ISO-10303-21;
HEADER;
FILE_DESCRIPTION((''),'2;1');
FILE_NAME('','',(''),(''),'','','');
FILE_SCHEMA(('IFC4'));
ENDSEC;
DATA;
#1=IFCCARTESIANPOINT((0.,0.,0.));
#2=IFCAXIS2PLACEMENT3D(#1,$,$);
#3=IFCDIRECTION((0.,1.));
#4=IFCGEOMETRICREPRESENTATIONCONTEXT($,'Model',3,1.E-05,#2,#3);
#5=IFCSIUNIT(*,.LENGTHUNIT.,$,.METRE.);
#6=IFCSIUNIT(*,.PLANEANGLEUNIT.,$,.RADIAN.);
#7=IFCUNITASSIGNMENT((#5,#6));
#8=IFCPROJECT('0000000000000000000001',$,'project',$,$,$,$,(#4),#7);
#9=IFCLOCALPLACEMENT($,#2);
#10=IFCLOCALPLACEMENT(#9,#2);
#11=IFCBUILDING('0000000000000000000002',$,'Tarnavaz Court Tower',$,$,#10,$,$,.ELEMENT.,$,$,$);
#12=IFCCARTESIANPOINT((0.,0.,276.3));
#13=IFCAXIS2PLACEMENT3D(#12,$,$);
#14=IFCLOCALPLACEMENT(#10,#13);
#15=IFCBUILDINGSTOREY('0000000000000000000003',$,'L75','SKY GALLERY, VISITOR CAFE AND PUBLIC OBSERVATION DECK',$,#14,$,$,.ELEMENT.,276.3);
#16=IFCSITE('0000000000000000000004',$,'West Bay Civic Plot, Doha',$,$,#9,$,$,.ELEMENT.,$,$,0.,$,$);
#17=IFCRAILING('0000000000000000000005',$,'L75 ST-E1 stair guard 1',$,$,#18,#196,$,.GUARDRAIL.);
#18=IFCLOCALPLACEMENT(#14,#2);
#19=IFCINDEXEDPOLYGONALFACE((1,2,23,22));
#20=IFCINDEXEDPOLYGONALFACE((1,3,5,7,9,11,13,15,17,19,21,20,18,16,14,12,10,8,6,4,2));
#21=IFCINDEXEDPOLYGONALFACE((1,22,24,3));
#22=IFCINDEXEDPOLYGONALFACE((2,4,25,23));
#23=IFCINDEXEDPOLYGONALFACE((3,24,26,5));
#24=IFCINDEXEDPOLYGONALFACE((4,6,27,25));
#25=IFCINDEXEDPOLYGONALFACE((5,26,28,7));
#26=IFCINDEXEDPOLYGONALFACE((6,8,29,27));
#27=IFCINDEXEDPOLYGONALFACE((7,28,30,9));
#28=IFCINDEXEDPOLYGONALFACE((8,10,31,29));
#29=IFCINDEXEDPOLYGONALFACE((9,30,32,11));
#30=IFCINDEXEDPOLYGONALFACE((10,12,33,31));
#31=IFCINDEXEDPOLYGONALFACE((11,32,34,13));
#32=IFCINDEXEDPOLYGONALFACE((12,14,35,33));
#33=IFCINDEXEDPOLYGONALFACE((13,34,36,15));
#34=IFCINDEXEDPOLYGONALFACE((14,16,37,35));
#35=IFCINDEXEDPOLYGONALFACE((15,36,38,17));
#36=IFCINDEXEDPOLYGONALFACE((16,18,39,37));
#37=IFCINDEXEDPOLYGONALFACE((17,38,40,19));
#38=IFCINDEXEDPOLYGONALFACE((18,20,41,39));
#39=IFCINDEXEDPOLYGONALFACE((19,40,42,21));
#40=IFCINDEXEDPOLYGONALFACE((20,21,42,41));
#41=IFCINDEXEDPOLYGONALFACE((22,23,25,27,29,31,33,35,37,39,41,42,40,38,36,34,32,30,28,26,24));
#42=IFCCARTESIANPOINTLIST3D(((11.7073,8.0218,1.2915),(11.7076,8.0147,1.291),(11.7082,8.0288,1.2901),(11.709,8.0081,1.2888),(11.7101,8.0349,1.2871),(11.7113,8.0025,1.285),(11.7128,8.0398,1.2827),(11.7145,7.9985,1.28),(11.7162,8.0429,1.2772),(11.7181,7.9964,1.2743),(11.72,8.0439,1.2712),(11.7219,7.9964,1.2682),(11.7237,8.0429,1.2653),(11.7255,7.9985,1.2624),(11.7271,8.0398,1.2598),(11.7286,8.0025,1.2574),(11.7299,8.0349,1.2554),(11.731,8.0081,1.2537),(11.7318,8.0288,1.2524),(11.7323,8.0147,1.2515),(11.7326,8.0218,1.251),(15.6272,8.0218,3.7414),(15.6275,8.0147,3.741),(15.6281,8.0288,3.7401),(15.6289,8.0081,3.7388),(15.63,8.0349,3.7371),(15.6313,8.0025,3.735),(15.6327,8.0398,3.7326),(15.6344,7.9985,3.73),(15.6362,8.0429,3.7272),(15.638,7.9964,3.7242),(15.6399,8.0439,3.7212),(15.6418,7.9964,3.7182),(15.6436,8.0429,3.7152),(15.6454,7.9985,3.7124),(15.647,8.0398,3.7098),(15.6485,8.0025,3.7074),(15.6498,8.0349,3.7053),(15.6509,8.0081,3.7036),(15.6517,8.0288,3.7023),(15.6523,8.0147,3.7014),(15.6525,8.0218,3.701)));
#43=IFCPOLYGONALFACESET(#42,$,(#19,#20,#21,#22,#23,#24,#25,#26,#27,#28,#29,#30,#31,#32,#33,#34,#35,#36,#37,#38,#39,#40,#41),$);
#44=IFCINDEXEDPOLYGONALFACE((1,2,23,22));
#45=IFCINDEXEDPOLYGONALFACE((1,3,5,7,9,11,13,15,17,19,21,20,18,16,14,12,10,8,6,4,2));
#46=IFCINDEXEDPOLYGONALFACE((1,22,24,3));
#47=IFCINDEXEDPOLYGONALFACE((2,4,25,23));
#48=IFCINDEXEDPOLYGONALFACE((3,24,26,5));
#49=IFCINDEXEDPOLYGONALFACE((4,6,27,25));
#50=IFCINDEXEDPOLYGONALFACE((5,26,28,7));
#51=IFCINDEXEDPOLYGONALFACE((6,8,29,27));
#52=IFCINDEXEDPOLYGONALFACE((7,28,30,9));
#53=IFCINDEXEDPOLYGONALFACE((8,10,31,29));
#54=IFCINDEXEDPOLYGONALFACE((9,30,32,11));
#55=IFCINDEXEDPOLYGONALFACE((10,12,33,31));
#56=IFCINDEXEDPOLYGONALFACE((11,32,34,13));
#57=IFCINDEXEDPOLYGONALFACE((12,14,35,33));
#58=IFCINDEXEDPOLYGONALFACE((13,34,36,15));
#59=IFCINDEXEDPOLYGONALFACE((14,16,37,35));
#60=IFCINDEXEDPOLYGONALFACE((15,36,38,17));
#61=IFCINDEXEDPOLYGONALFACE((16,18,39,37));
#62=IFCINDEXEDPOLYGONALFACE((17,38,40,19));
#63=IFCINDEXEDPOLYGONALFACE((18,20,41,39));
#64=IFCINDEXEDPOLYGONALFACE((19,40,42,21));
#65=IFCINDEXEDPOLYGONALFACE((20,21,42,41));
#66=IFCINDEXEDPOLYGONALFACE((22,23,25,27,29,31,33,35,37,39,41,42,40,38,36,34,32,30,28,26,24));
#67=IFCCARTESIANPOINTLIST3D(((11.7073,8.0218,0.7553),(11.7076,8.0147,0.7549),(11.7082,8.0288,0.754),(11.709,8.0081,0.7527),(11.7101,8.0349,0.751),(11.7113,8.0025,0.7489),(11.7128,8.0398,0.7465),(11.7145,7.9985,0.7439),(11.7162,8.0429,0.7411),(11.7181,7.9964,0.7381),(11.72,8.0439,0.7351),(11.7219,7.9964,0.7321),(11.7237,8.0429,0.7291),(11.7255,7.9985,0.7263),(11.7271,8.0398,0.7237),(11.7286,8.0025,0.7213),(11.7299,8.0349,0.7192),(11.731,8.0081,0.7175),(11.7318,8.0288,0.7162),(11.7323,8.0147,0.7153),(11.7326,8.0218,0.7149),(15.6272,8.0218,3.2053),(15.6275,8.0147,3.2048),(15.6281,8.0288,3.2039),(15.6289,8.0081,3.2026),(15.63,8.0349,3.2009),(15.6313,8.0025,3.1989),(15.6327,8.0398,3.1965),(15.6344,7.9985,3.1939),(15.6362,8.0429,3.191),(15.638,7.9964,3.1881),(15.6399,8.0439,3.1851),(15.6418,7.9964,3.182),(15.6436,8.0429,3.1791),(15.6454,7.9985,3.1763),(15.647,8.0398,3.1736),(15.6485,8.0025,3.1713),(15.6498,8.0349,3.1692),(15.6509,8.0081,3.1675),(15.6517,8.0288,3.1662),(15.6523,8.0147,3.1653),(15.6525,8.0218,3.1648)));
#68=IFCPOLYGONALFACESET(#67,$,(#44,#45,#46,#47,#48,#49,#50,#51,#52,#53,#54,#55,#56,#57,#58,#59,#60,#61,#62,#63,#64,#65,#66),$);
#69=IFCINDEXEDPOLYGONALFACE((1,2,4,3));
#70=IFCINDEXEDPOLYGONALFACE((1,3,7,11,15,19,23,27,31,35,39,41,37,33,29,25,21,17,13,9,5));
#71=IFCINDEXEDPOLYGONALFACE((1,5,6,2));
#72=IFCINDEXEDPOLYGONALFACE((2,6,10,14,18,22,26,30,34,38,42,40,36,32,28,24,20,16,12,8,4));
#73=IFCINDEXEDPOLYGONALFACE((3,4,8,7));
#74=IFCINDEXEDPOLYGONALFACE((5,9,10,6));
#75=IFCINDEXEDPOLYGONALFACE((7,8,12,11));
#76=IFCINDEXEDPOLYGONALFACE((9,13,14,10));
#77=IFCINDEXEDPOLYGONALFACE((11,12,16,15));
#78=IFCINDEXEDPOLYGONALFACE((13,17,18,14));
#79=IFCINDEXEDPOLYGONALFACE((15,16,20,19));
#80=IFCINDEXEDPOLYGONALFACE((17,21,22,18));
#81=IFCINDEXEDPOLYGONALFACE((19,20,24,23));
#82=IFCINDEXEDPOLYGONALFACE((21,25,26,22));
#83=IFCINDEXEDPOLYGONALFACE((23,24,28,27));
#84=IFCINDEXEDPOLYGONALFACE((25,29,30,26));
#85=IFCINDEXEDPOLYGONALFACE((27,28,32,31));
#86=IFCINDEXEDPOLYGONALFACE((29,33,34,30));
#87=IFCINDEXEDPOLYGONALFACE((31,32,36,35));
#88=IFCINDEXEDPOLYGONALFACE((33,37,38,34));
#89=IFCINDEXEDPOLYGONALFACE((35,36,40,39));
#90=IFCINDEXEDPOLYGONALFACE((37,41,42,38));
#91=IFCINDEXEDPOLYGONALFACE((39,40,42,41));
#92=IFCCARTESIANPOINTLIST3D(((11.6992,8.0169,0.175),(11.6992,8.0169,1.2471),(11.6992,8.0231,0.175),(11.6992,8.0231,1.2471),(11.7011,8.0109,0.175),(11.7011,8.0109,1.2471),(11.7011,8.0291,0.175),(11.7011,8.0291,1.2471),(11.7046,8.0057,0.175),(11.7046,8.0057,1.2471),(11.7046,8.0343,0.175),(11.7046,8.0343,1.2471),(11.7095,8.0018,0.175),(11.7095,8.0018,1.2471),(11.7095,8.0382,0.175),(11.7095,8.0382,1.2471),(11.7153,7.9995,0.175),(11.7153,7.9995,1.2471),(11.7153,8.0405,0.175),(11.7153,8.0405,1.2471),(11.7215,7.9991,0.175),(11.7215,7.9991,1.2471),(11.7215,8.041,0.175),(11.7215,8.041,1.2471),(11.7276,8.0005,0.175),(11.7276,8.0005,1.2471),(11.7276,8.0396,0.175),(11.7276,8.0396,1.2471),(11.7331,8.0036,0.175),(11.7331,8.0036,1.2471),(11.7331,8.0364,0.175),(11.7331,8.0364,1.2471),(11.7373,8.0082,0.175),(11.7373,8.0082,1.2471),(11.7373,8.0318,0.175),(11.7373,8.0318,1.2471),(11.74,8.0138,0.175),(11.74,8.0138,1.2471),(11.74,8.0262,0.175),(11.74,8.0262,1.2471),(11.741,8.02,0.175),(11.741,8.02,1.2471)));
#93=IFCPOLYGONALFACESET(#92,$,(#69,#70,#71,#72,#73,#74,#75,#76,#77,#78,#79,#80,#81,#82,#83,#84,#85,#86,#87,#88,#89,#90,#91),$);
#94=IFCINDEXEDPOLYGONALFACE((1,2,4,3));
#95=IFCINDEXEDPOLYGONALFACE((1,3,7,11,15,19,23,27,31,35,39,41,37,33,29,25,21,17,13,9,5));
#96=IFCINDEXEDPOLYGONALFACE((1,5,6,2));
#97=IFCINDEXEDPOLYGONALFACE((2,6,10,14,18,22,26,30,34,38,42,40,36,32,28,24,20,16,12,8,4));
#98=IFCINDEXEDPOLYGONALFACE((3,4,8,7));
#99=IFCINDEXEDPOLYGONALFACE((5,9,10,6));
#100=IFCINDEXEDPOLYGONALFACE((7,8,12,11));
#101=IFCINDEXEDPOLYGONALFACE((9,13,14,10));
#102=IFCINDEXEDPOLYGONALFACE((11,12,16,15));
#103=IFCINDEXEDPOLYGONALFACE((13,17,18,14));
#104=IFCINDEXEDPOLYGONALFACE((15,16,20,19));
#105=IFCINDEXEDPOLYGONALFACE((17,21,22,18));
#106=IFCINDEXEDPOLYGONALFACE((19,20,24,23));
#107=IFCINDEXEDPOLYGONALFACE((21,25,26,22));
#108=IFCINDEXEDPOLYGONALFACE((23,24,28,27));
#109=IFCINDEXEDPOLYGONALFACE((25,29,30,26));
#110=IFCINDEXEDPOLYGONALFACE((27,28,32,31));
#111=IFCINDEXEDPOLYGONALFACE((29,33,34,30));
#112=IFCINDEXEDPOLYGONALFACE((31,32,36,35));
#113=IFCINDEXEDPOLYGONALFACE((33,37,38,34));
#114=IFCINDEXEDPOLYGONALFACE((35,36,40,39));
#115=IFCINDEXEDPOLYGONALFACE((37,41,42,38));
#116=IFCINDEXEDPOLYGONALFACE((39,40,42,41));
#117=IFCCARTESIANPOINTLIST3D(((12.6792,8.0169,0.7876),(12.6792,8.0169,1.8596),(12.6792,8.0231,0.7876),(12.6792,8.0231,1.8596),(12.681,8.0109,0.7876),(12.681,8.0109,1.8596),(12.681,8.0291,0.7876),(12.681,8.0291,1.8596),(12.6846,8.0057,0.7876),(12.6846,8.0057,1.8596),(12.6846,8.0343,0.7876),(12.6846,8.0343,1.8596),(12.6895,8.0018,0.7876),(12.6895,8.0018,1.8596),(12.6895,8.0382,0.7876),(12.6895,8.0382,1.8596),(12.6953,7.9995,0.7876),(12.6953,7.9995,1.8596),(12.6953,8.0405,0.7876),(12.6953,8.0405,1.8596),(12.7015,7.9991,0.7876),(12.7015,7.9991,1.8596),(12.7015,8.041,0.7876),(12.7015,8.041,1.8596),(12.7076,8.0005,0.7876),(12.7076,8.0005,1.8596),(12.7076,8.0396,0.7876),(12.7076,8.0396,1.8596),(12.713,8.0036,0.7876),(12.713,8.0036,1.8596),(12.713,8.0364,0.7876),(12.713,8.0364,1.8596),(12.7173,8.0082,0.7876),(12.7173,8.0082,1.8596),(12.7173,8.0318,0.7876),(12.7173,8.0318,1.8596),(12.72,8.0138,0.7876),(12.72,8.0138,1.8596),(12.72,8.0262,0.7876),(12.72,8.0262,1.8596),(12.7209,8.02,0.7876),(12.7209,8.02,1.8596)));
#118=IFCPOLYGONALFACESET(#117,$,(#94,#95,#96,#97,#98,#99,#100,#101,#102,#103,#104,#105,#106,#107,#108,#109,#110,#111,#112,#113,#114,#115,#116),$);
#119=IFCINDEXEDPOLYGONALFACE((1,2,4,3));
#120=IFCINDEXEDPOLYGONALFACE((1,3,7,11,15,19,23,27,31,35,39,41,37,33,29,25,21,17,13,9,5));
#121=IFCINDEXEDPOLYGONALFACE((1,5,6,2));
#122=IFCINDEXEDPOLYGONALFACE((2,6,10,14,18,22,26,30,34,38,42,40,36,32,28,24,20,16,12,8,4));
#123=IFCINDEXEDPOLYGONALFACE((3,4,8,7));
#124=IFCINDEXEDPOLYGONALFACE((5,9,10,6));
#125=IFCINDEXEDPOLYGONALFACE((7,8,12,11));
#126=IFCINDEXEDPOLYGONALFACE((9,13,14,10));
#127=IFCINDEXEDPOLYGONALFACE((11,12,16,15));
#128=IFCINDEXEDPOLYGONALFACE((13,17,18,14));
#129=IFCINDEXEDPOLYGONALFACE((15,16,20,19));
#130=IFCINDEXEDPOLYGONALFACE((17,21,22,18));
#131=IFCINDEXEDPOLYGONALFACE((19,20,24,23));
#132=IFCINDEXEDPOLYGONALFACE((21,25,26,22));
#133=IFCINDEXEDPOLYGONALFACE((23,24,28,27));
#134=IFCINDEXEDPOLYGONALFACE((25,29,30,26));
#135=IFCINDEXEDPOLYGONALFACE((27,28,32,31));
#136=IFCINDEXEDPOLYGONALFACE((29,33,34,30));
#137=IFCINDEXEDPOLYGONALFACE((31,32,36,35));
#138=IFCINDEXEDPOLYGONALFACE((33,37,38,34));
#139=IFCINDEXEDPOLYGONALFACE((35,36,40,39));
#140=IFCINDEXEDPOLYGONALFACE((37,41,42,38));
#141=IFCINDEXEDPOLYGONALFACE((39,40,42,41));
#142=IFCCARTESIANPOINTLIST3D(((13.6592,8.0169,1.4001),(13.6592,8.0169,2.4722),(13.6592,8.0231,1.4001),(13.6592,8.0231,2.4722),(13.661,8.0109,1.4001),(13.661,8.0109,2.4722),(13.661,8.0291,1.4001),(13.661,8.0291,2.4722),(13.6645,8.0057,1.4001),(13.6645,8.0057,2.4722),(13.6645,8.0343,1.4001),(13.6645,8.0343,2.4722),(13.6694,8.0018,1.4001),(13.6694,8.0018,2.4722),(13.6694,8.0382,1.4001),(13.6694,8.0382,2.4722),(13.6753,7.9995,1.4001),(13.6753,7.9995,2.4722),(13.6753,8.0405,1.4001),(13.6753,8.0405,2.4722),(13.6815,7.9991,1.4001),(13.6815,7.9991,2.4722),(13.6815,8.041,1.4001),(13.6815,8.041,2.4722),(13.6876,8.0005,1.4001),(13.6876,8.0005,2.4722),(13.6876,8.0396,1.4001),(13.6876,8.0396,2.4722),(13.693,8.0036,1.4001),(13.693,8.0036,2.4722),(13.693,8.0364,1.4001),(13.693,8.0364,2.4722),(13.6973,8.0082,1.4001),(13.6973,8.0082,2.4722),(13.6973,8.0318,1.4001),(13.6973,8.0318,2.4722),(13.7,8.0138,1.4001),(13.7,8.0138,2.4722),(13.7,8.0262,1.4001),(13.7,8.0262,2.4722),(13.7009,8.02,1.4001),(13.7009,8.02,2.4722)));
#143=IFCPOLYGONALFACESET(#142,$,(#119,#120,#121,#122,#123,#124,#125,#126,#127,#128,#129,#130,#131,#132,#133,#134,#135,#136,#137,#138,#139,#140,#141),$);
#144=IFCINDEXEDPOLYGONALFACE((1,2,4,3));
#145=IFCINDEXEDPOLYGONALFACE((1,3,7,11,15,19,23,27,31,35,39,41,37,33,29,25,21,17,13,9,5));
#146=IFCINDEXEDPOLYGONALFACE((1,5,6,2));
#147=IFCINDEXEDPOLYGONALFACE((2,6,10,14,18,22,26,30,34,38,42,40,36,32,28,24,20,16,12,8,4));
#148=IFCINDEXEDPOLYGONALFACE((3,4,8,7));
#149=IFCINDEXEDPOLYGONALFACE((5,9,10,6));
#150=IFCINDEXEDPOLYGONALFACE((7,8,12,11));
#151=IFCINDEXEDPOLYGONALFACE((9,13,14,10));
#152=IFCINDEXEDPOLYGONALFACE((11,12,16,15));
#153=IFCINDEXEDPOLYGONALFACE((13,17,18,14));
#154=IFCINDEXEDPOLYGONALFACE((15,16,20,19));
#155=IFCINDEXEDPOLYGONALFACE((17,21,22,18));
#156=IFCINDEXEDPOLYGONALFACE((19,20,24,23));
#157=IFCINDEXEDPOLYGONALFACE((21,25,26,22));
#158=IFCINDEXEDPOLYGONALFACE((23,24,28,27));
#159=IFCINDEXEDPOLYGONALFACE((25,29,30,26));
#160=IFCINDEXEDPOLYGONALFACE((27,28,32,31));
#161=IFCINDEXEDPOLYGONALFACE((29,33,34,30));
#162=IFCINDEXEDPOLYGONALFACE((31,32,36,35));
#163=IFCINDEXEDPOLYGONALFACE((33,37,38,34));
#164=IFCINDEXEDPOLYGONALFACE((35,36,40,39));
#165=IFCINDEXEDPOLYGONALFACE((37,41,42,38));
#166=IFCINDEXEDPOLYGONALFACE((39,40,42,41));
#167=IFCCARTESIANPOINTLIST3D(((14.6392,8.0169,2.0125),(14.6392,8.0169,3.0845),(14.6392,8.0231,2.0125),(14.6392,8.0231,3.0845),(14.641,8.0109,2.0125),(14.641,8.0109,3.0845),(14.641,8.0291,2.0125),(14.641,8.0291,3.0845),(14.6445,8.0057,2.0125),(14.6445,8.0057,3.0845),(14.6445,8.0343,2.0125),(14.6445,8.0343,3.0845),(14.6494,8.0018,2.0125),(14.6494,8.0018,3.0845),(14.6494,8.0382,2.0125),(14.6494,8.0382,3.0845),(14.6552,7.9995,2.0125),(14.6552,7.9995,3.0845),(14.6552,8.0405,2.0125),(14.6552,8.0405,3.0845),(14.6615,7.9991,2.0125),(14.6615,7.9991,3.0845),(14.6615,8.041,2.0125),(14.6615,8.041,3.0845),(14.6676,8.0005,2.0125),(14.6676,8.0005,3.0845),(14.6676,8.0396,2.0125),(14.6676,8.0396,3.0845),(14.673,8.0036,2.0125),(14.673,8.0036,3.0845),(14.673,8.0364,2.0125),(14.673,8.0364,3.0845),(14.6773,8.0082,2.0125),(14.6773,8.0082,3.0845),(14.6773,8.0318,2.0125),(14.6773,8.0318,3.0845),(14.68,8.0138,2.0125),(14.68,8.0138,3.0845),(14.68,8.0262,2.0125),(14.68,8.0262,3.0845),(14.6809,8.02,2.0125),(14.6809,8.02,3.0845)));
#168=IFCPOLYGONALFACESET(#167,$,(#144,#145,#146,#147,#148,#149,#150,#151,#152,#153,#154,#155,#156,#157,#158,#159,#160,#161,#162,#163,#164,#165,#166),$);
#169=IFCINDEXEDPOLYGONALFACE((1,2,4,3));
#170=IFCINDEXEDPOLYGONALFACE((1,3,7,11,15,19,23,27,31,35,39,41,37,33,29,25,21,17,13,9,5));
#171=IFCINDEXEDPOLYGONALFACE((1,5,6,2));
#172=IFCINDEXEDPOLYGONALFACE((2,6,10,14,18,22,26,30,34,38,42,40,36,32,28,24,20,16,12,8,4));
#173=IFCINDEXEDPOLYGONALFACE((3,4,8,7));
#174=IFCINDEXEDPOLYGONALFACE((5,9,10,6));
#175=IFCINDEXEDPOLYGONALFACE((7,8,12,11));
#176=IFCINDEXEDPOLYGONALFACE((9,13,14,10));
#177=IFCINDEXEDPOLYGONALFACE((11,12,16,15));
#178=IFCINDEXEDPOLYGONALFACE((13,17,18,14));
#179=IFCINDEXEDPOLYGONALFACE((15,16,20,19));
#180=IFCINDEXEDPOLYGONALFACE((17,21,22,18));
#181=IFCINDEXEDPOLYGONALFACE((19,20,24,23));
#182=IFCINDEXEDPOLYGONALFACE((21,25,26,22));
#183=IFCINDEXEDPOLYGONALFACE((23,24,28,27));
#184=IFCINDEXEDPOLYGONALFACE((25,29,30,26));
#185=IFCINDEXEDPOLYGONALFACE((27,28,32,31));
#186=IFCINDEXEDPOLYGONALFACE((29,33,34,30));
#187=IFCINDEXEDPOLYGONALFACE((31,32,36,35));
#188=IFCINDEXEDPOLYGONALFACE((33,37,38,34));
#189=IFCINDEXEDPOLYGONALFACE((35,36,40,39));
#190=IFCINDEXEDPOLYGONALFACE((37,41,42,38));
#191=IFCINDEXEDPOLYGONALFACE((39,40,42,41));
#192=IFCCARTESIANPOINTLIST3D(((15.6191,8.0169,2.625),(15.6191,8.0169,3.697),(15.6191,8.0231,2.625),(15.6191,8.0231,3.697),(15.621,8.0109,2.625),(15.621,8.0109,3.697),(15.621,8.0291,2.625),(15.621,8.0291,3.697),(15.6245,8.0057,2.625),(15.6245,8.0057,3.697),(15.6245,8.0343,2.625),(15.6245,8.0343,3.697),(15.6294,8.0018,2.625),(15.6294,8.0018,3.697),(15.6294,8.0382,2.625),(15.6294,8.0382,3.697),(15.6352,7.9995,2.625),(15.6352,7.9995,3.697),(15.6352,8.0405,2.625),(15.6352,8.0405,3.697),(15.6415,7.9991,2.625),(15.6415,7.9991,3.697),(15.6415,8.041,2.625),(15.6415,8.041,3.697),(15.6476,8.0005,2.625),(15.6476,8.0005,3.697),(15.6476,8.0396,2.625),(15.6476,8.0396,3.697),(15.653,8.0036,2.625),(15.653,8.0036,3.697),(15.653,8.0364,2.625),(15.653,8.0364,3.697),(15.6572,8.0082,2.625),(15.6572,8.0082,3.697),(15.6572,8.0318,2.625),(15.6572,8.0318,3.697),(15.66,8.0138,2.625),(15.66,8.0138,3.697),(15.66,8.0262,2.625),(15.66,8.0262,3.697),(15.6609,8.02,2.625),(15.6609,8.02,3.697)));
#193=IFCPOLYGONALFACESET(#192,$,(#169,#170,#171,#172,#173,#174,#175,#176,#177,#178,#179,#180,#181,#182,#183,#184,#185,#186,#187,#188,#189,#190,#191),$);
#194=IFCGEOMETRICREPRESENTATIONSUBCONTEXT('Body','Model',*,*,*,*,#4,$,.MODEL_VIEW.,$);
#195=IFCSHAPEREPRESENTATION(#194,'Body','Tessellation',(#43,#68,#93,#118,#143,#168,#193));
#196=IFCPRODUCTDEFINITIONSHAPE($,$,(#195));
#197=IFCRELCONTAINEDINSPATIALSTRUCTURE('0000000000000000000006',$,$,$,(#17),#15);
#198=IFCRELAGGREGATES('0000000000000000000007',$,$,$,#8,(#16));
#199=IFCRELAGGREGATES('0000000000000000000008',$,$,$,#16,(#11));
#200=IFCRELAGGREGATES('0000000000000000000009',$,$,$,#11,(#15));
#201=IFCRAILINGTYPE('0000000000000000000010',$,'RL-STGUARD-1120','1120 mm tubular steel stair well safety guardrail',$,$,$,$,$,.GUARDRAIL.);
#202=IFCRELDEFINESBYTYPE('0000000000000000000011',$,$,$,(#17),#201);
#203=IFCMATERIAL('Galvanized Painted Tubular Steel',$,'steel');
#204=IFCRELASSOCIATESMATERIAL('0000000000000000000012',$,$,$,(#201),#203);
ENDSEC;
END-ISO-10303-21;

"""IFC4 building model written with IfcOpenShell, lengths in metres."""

from ifc_helpers import new_model, si_unit, direction, frame, origin, origin_2d, place, context, subcontext, project, spatial, circle, extrude, material, type_object, element, save


model = new_model("IFC4")

# Units and contexts
model_context = context("Model", 3, precision=1e-05, world=origin(), true_north=direction((0.0, 1.0)))
body_context = subcontext(model_context, "Body", "Model", "MODEL_VIEW")
ifc_project = project(units=[si_unit("LENGTHUNIT", "METRE"), si_unit("PLANEANGLEUNIT", "RADIAN")], contexts=[model_context])

# Site, building, storey
site_placement = place(None, origin())
site = spatial("IfcSite", under=ifc_project, at=site_placement, Name="West Bay Civic Plot, Doha", CompositionType="ELEMENT", RefElevation=0.0)
building_placement = place(site_placement, origin())
building = spatial("IfcBuilding", under=site, at=building_placement, Name="Tarnavaz Court Tower", CompositionType="ELEMENT")
storey_placement = place(building_placement, frame((0.0, 0.0, 276.3)))
storey = spatial("IfcBuildingStorey", under=building, at=storey_placement, Name="L75", Description="SKY GALLERY, VISITOR CAFE AND PUBLIC OBSERVATION DECK", CompositionType="ELEMENT", Elevation=276.3)

# Railing
ifc_material_1 = material(Name="Galvanized Painted Tubular Steel", Category="steel")
railing_type_1 = type_object("IfcRailingType", Name="RL-STGUARD-1120", Description="1120 mm tubular steel stair well safety guardrail", PredefinedType="GUARDRAIL", material=ifc_material_1)
railing_1_placement = place(storey_placement, frame((11.72, 8.02, 0.175)))
element("IfcRailing", 1, at=railing_1_placement, inside=storey, type_object=railing_type_1, Name="L75 ST-E1 stair guard 1", PredefinedType="GUARDRAIL", context=body_context, shape_type="SweptSolid", body=[
    extrude(circle(Radius=0.0239, at=origin_2d()), frame((0.0, 0.0, 1.0962), z_axis=(0.847998, 0.0, 0.529999), x_axis=(0.0, 1.0, 0.0)), (0.0, 0.0, 1.0), 4.6226),
    extrude(circle(Radius=0.0239, at=origin_2d()), frame((0.0, 0.0, 0.5601), z_axis=(0.847998, 0.0, 0.529999), x_axis=(0.0, 1.0, 0.0)), (0.0, 0.0, 1.0), 4.6226),
    extrude(circle(Radius=0.021, at=origin_2d()), origin(), (0.0, 0.0, 1.0), 1.072),
    extrude(circle(Radius=0.021, at=origin_2d()), frame((0.98, 0.0, 0.6125)), (0.0, 0.0, 1.0), 1.072),
    extrude(circle(Radius=0.021, at=origin_2d()), frame((1.96, 0.0, 1.2251)), (0.0, 0.0, 1.0), 1.072),
    extrude(circle(Radius=0.021, at=origin_2d()), frame((2.9399, 0.0, 1.8374)), (0.0, 0.0, 1.0), 1.072),
    extrude(circle(Radius=0.021, at=origin_2d()), frame((3.9199, 0.0, 2.45)), (0.0, 0.0, 1.0), 1.072),
])

save(model, "model.ifc")
